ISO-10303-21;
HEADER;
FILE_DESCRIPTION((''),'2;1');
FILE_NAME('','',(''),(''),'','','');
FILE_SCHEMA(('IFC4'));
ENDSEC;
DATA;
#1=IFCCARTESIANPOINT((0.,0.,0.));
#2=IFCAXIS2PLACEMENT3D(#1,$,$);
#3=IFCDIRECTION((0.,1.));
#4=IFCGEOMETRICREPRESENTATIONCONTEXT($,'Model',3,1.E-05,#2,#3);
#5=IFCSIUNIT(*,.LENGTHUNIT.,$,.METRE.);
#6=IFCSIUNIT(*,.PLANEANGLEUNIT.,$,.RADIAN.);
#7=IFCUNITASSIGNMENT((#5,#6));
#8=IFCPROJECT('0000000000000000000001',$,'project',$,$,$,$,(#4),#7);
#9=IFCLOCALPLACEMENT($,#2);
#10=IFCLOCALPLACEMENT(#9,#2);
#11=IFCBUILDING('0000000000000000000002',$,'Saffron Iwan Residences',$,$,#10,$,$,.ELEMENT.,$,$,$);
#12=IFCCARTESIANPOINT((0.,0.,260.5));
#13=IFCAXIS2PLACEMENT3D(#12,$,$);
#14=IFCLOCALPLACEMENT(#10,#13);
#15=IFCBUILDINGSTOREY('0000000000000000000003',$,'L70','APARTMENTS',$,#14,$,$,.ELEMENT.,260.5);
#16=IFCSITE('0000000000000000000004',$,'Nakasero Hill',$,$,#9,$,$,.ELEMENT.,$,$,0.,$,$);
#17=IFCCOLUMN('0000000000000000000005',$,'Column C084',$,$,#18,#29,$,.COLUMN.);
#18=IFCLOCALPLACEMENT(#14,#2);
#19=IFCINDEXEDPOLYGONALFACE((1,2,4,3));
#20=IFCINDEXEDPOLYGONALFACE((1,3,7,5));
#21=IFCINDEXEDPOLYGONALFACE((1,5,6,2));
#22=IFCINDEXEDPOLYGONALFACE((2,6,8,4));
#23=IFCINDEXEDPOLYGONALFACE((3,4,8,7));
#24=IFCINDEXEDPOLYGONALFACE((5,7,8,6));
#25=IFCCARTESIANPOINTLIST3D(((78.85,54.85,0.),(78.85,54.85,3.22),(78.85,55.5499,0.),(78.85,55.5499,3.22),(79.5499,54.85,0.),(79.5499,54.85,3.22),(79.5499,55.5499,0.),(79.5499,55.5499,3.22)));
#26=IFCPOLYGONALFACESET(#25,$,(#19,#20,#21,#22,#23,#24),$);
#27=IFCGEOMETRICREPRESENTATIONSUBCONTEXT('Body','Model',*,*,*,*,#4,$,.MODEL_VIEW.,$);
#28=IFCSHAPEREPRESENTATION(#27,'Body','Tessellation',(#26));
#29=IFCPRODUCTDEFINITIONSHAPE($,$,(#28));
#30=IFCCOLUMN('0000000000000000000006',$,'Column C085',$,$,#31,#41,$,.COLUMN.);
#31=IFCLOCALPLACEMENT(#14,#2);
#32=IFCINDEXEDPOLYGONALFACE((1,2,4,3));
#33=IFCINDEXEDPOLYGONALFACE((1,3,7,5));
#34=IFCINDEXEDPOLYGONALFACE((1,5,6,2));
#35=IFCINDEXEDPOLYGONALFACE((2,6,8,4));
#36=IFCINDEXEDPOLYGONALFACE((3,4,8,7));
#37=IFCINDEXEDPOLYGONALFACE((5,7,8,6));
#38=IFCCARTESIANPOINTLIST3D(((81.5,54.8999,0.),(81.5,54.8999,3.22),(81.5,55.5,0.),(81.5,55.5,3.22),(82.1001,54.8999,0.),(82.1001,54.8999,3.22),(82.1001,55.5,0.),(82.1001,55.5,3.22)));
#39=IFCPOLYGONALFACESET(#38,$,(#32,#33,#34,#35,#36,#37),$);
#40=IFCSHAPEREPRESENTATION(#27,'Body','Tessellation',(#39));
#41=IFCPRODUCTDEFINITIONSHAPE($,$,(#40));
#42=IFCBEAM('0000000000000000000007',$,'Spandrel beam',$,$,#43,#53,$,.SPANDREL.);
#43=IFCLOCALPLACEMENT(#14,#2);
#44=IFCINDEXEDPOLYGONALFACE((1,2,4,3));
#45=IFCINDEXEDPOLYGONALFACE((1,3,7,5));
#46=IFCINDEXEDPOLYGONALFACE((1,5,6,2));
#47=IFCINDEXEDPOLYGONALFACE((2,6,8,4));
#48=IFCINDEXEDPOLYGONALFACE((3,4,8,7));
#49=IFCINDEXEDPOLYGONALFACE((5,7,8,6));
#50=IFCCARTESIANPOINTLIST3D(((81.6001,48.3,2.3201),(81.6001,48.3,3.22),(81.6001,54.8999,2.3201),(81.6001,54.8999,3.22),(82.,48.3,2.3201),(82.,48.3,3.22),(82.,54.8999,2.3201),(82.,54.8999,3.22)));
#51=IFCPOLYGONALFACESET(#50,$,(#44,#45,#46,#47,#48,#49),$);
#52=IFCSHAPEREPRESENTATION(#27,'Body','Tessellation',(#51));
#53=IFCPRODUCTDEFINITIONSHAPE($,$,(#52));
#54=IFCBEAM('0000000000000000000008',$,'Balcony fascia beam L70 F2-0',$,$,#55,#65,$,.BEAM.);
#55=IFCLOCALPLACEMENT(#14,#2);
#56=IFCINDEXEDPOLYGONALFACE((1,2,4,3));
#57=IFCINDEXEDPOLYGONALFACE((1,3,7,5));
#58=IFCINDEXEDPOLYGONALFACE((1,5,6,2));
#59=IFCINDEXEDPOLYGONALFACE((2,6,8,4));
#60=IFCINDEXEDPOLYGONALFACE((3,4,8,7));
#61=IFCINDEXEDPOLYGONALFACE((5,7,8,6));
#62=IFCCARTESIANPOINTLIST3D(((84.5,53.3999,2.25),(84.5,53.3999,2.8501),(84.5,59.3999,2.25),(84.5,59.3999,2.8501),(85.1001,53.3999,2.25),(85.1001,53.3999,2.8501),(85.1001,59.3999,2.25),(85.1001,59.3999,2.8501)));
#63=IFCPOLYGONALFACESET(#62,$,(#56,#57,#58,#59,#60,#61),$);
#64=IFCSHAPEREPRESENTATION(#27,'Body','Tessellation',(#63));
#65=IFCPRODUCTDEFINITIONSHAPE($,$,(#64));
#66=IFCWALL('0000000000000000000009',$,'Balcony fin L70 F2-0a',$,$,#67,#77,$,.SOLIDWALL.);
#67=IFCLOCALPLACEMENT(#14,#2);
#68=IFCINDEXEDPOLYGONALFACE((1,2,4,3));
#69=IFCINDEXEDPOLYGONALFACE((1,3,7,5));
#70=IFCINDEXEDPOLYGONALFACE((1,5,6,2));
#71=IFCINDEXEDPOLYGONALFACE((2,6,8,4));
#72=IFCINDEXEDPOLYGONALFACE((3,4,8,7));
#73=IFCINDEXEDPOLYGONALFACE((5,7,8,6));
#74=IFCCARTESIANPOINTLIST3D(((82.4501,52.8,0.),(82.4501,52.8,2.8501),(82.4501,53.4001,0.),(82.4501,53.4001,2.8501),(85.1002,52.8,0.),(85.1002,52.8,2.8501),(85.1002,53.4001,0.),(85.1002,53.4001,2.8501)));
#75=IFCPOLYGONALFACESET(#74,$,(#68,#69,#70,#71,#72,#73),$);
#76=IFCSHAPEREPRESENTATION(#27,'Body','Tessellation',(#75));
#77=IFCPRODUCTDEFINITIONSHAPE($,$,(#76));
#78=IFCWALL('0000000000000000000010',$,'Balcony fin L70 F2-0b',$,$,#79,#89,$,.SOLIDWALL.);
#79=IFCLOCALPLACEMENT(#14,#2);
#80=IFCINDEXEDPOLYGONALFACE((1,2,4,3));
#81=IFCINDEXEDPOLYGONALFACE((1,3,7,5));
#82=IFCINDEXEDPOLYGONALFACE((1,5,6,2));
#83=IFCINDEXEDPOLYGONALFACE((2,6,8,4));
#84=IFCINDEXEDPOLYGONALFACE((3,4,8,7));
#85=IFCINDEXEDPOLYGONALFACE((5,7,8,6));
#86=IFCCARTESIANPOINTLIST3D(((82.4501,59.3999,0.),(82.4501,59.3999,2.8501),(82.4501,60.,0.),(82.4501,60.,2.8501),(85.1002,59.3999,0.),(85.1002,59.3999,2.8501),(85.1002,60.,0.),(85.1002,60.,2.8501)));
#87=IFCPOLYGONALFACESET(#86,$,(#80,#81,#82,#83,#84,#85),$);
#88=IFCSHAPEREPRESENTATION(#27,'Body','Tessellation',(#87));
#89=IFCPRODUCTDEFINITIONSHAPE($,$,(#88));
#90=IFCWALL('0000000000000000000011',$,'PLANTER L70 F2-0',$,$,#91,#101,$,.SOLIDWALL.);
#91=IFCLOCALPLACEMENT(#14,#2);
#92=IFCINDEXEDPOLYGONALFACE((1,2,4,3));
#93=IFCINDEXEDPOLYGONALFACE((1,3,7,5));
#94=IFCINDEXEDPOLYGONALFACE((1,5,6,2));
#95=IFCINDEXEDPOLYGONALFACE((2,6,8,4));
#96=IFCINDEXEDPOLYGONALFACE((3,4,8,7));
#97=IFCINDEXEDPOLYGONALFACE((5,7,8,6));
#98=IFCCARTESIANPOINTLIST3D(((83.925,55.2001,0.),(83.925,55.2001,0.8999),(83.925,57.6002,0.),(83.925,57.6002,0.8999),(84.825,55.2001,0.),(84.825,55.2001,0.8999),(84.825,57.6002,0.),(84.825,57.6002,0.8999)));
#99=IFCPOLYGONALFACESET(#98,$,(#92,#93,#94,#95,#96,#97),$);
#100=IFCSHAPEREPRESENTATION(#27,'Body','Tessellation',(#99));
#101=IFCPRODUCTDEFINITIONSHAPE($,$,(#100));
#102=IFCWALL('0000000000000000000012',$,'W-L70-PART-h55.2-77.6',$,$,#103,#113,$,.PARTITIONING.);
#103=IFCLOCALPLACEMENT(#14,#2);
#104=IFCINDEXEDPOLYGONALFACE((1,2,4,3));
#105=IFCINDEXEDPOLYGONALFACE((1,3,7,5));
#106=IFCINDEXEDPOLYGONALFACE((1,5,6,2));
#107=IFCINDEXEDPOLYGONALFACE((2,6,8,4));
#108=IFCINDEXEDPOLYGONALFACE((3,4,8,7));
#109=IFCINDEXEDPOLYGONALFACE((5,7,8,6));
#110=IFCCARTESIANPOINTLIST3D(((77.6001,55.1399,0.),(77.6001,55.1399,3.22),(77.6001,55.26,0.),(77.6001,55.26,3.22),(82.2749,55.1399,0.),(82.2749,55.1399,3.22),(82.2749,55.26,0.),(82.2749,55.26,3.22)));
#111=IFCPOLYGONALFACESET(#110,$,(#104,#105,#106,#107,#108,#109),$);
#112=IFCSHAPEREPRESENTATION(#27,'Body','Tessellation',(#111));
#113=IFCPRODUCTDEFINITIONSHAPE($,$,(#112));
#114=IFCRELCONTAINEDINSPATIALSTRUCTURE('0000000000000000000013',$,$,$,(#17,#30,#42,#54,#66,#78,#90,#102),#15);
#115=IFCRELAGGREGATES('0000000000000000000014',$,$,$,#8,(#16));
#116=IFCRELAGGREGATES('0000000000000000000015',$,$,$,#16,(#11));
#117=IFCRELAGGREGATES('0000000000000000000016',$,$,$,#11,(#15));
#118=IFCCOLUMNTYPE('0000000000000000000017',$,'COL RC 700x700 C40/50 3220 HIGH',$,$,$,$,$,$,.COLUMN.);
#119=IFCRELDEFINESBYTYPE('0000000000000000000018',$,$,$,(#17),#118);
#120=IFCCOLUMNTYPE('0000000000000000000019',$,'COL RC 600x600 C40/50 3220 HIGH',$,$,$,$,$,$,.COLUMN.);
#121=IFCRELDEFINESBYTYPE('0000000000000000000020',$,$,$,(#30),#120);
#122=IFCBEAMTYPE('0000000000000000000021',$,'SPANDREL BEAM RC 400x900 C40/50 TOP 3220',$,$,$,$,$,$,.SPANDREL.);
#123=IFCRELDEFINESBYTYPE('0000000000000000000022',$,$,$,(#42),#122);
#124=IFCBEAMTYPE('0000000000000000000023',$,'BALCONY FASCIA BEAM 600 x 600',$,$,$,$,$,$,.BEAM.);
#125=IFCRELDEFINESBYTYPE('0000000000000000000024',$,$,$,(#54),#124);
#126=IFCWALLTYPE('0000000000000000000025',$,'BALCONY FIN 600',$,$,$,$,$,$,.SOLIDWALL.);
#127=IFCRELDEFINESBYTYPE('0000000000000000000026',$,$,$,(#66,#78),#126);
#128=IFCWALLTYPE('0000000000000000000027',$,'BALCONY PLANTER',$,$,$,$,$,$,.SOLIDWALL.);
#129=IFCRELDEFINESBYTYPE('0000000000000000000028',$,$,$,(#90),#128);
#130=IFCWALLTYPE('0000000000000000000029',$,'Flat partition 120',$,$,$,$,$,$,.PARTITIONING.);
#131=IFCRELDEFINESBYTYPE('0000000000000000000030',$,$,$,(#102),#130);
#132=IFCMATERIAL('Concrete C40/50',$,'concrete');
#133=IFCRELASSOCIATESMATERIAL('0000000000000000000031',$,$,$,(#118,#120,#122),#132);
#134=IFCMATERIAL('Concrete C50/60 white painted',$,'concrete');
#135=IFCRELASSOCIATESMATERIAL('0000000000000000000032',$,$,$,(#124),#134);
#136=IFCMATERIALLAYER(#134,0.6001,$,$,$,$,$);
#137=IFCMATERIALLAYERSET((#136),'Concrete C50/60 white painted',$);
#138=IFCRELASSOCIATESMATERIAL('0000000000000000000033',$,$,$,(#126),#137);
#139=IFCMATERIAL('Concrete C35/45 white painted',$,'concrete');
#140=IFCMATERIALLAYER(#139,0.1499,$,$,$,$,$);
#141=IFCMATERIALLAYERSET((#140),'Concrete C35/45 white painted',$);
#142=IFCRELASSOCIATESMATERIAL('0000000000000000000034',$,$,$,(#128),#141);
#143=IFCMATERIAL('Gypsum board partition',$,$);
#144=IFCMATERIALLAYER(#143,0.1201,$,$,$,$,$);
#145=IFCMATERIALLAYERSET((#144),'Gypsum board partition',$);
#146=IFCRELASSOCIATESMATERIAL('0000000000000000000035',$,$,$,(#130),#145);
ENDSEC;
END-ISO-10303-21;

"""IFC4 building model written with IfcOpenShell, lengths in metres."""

from ifc_helpers import new_model, si_unit, direction, frame, frame_2d, origin, origin_2d, place, context, subcontext, project, spatial, rectangle, extrude, source, transform, mapped, material, layer, layer_set, material_profile, profile_set, type_object, element, save


model = new_model("IFC4")

# Units and contexts
model_context = context("Model", 3, precision=1e-05, world=origin(), true_north=direction((0.0, 1.0)))
body_context = subcontext(model_context, "Body", "Model", "MODEL_VIEW")
ifc_project = project(units=[si_unit("LENGTHUNIT", "METRE"), si_unit("PLANEANGLEUNIT", "RADIAN")], contexts=[model_context])

# Site, building, storey
site_placement = place(None, origin())
site = spatial("IfcSite", under=ifc_project, at=site_placement, Name="Nakasero Hill", CompositionType="ELEMENT", RefElevation=0.0)
building_placement = place(site_placement, origin())
building = spatial("IfcBuilding", under=site, at=building_placement, Name="Saffron Iwan Residences", CompositionType="ELEMENT")
storey_placement = place(building_placement, frame((0.0, 0.0, 260.5)))
storey = spatial("IfcBuildingStorey", under=building, at=storey_placement, Name="L70", Description="APARTMENTS", CompositionType="ELEMENT", Elevation=260.5)

# Columns
ifc_material_1 = material(Name="Concrete C40/50", Category="concrete")
ifc_material_profile_1 = material_profile(ifc_material_1, rectangle(XDim=0.7, YDim=0.7, at=origin_2d()), Name="RC 700x700")
ifc_profile_set_1 = profile_set([ifc_material_profile_1], Name="Concrete C40/50")
column_type_1 = type_object("IfcColumnType", Name="COL RC 700x700 C40/50 3220 HIGH", PredefinedType="COLUMN", material=ifc_profile_set_1)
shared_shape_1 = source(origin(), body_context, "Body", "SweptSolid", [
    extrude(rectangle(XDim=0.7, YDim=0.7, at=origin_2d()), origin(), (0.0, 0.0, 1.0), 3.22),
])
column_1_placement = place(storey_placement, frame((79.2, 55.2, 0.0), z_axis=(0.0, 0.0, 1.0), x_axis=(1.0, 0.0, 0.0)))
element("IfcColumn", 1, at=column_1_placement, inside=storey, type_object=column_type_1, Name="Column C084", PredefinedType="COLUMN", context=body_context, shape_type="MappedRepresentation", body=[
    mapped(shared_shape_1, transform((0.0, 0.0, 0.0))),
])
ifc_material_profile_2 = material_profile(ifc_material_1, rectangle(XDim=0.6001, YDim=0.6001, at=origin_2d()), Name="RC 600x600")
ifc_profile_set_2 = profile_set([ifc_material_profile_2], Name="Concrete C40/50")
column_type_2 = type_object("IfcColumnType", Name="COL RC 600x600 C40/50 3220 HIGH", PredefinedType="COLUMN", material=ifc_profile_set_2)
shared_shape_2 = source(origin(), body_context, "Body", "SweptSolid", [
    extrude(rectangle(XDim=0.6001, YDim=0.6001, at=origin_2d()), origin(), (0.0, 0.0, 1.0), 3.22),
])
column_2_placement = place(storey_placement, frame((81.8, 55.2, 0.0), z_axis=(0.0, 0.0, 1.0), x_axis=(1.0, 0.0, 0.0)))
element("IfcColumn", 2, at=column_2_placement, inside=storey, type_object=column_type_2, Name="Column C085", PredefinedType="COLUMN", context=body_context, shape_type="MappedRepresentation", body=[
    mapped(shared_shape_2, transform((0.0, 0.0, 0.0))),
])

# Beams
ifc_material_profile_3 = material_profile(ifc_material_1, rectangle(XDim=0.3999, YDim=0.8999, at=origin_2d()), Name="RC 400x900")
ifc_profile_set_3 = profile_set([ifc_material_profile_3], Name="Concrete C40/50")
beam_type_1 = type_object("IfcBeamType", Name="SPANDREL BEAM RC 400x900 C40/50 TOP 3220", PredefinedType="SPANDREL", material=ifc_profile_set_3)
shared_shape_3 = source(origin(), body_context, "Body", "SweptSolid", [
    extrude(rectangle(XDim=0.3999, YDim=0.8999, at=origin_2d()), origin(), (0.0, 0.0, 1.0), 6.5999),
])
beam_1_placement = place(storey_placement, frame((81.8, 54.8999, 2.77), z_axis=(0.0, -1.0, 0.0), x_axis=(1.0, 0.0, 0.0)))
element("IfcBeam", 3, at=beam_1_placement, inside=storey, type_object=beam_type_1, Name="Spandrel beam", PredefinedType="SPANDREL", context=body_context, shape_type="MappedRepresentation", body=[
    mapped(shared_shape_3, transform((0.0, 0.0, 0.0))),
])
ifc_material_2 = material(Name="Concrete C50/60 white painted", Category="concrete")
ifc_material_profile_4 = material_profile(ifc_material_2, rectangle(XDim=0.6001, YDim=0.6001, at=origin_2d()), Name="BALCONY FASCIA BEAM 600 x 600")
ifc_profile_set_4 = profile_set([ifc_material_profile_4], Name="Concrete C50/60 white painted")
beam_type_2 = type_object("IfcBeamType", Name="BALCONY FASCIA BEAM 600 x 600", PredefinedType="BEAM", material=ifc_profile_set_4)
shared_shape_4 = source(origin(), body_context, "Body", "SweptSolid", [
    extrude(rectangle(XDim=0.6001, YDim=0.6001, at=origin_2d()), origin(), (0.0, 0.0, 1.0), 6.0),
])
beam_2_placement = place(storey_placement, frame((84.8, 53.3999, 2.55), z_axis=(0.0, 1.0, 0.0), x_axis=(-1.0, 0.0, 0.0)))
element("IfcBeam", 4, at=beam_2_placement, inside=storey, type_object=beam_type_2, Name="Balcony fascia beam L70 F2-0", PredefinedType="BEAM", context=body_context, shape_type="MappedRepresentation", body=[
    mapped(shared_shape_4, transform((0.0, 0.0, 0.0))),
])

# Walls
ifc_layer_1 = layer(ifc_material_2, 0.6001)
ifc_layer_set_1 = layer_set([ifc_layer_1], Name="Concrete C50/60 white painted")
wall_type_1 = type_object("IfcWallType", Name="BALCONY FIN 600", PredefinedType="SOLIDWALL", material=ifc_layer_set_1)
for number, where, z_axis, x_axis, name in (
    (5, (82.45, 53.1001, 0.0), (0.0, 0.0, 1.0), (1.0, 0.0, 0.0), "Balcony fin L70 F2-0a"),
    (6, (82.45, 59.7, 0.0), (0.0, 0.0, 1.0), (1.0, 0.0, 0.0), "Balcony fin L70 F2-0b"),
):
    element("IfcWall", number, at=place(storey_placement, frame(where, z_axis=z_axis, x_axis=x_axis)), inside=storey, type_object=wall_type_1, Name=name, PredefinedType="SOLIDWALL", context=body_context, shape_type="SweptSolid", body=[
        extrude(rectangle(XDim=2.6501, YDim=0.6001, at=frame_2d((1.3252, 0.0))), origin(), (0.0, 0.0, 1.0), 2.8501),
    ])
ifc_material_3 = material(Name="Concrete C35/45 white painted", Category="concrete")
ifc_layer_2 = layer(ifc_material_3, 0.1499)
ifc_layer_set_2 = layer_set([ifc_layer_2], Name="Concrete C35/45 white painted")
wall_type_2 = type_object("IfcWallType", Name="BALCONY PLANTER", PredefinedType="SOLIDWALL", material=ifc_layer_set_2)
wall_1_placement = place(storey_placement, frame((84.375, 55.2, 0.0), z_axis=(0.0, 0.0, 1.0), x_axis=(0.0, 1.0, 0.0)))
element("IfcWall", 7, at=wall_1_placement, inside=storey, type_object=wall_type_2, Name="PLANTER L70 F2-0", PredefinedType="SOLIDWALL", context=body_context, shape_type="SweptSolid", body=[
    extrude(rectangle(XDim=2.4001, YDim=0.8999, at=frame_2d((1.2002, 0.0))), origin(), (0.0, 0.0, 1.0), 0.8999),
])

# Wall
ifc_material_4 = material(Name="Gypsum board partition")
ifc_layer_3 = layer(ifc_material_4, 0.1201)
ifc_layer_set_3 = layer_set([ifc_layer_3], Name="Gypsum board partition")
wall_type_3 = type_object("IfcWallType", Name="Flat partition 120", PredefinedType="PARTITIONING", material=ifc_layer_set_3)
wall_2_placement = place(storey_placement, frame((77.6001, 55.2, 0.0), z_axis=(0.0, 0.0, 1.0), x_axis=(1.0, 0.0, 0.0)))
element("IfcWall", 8, at=wall_2_placement, inside=storey, type_object=wall_type_3, Name="W-L70-PART-h55.2-77.6", PredefinedType="PARTITIONING", context=body_context, shape_type="SweptSolid", body=[
    extrude(rectangle(XDim=4.6748, YDim=0.1201, at=frame_2d((2.3374, 0.0))), origin(), (0.0, 0.0, 1.0), 3.22),
])

save(model, "model.ifc")
